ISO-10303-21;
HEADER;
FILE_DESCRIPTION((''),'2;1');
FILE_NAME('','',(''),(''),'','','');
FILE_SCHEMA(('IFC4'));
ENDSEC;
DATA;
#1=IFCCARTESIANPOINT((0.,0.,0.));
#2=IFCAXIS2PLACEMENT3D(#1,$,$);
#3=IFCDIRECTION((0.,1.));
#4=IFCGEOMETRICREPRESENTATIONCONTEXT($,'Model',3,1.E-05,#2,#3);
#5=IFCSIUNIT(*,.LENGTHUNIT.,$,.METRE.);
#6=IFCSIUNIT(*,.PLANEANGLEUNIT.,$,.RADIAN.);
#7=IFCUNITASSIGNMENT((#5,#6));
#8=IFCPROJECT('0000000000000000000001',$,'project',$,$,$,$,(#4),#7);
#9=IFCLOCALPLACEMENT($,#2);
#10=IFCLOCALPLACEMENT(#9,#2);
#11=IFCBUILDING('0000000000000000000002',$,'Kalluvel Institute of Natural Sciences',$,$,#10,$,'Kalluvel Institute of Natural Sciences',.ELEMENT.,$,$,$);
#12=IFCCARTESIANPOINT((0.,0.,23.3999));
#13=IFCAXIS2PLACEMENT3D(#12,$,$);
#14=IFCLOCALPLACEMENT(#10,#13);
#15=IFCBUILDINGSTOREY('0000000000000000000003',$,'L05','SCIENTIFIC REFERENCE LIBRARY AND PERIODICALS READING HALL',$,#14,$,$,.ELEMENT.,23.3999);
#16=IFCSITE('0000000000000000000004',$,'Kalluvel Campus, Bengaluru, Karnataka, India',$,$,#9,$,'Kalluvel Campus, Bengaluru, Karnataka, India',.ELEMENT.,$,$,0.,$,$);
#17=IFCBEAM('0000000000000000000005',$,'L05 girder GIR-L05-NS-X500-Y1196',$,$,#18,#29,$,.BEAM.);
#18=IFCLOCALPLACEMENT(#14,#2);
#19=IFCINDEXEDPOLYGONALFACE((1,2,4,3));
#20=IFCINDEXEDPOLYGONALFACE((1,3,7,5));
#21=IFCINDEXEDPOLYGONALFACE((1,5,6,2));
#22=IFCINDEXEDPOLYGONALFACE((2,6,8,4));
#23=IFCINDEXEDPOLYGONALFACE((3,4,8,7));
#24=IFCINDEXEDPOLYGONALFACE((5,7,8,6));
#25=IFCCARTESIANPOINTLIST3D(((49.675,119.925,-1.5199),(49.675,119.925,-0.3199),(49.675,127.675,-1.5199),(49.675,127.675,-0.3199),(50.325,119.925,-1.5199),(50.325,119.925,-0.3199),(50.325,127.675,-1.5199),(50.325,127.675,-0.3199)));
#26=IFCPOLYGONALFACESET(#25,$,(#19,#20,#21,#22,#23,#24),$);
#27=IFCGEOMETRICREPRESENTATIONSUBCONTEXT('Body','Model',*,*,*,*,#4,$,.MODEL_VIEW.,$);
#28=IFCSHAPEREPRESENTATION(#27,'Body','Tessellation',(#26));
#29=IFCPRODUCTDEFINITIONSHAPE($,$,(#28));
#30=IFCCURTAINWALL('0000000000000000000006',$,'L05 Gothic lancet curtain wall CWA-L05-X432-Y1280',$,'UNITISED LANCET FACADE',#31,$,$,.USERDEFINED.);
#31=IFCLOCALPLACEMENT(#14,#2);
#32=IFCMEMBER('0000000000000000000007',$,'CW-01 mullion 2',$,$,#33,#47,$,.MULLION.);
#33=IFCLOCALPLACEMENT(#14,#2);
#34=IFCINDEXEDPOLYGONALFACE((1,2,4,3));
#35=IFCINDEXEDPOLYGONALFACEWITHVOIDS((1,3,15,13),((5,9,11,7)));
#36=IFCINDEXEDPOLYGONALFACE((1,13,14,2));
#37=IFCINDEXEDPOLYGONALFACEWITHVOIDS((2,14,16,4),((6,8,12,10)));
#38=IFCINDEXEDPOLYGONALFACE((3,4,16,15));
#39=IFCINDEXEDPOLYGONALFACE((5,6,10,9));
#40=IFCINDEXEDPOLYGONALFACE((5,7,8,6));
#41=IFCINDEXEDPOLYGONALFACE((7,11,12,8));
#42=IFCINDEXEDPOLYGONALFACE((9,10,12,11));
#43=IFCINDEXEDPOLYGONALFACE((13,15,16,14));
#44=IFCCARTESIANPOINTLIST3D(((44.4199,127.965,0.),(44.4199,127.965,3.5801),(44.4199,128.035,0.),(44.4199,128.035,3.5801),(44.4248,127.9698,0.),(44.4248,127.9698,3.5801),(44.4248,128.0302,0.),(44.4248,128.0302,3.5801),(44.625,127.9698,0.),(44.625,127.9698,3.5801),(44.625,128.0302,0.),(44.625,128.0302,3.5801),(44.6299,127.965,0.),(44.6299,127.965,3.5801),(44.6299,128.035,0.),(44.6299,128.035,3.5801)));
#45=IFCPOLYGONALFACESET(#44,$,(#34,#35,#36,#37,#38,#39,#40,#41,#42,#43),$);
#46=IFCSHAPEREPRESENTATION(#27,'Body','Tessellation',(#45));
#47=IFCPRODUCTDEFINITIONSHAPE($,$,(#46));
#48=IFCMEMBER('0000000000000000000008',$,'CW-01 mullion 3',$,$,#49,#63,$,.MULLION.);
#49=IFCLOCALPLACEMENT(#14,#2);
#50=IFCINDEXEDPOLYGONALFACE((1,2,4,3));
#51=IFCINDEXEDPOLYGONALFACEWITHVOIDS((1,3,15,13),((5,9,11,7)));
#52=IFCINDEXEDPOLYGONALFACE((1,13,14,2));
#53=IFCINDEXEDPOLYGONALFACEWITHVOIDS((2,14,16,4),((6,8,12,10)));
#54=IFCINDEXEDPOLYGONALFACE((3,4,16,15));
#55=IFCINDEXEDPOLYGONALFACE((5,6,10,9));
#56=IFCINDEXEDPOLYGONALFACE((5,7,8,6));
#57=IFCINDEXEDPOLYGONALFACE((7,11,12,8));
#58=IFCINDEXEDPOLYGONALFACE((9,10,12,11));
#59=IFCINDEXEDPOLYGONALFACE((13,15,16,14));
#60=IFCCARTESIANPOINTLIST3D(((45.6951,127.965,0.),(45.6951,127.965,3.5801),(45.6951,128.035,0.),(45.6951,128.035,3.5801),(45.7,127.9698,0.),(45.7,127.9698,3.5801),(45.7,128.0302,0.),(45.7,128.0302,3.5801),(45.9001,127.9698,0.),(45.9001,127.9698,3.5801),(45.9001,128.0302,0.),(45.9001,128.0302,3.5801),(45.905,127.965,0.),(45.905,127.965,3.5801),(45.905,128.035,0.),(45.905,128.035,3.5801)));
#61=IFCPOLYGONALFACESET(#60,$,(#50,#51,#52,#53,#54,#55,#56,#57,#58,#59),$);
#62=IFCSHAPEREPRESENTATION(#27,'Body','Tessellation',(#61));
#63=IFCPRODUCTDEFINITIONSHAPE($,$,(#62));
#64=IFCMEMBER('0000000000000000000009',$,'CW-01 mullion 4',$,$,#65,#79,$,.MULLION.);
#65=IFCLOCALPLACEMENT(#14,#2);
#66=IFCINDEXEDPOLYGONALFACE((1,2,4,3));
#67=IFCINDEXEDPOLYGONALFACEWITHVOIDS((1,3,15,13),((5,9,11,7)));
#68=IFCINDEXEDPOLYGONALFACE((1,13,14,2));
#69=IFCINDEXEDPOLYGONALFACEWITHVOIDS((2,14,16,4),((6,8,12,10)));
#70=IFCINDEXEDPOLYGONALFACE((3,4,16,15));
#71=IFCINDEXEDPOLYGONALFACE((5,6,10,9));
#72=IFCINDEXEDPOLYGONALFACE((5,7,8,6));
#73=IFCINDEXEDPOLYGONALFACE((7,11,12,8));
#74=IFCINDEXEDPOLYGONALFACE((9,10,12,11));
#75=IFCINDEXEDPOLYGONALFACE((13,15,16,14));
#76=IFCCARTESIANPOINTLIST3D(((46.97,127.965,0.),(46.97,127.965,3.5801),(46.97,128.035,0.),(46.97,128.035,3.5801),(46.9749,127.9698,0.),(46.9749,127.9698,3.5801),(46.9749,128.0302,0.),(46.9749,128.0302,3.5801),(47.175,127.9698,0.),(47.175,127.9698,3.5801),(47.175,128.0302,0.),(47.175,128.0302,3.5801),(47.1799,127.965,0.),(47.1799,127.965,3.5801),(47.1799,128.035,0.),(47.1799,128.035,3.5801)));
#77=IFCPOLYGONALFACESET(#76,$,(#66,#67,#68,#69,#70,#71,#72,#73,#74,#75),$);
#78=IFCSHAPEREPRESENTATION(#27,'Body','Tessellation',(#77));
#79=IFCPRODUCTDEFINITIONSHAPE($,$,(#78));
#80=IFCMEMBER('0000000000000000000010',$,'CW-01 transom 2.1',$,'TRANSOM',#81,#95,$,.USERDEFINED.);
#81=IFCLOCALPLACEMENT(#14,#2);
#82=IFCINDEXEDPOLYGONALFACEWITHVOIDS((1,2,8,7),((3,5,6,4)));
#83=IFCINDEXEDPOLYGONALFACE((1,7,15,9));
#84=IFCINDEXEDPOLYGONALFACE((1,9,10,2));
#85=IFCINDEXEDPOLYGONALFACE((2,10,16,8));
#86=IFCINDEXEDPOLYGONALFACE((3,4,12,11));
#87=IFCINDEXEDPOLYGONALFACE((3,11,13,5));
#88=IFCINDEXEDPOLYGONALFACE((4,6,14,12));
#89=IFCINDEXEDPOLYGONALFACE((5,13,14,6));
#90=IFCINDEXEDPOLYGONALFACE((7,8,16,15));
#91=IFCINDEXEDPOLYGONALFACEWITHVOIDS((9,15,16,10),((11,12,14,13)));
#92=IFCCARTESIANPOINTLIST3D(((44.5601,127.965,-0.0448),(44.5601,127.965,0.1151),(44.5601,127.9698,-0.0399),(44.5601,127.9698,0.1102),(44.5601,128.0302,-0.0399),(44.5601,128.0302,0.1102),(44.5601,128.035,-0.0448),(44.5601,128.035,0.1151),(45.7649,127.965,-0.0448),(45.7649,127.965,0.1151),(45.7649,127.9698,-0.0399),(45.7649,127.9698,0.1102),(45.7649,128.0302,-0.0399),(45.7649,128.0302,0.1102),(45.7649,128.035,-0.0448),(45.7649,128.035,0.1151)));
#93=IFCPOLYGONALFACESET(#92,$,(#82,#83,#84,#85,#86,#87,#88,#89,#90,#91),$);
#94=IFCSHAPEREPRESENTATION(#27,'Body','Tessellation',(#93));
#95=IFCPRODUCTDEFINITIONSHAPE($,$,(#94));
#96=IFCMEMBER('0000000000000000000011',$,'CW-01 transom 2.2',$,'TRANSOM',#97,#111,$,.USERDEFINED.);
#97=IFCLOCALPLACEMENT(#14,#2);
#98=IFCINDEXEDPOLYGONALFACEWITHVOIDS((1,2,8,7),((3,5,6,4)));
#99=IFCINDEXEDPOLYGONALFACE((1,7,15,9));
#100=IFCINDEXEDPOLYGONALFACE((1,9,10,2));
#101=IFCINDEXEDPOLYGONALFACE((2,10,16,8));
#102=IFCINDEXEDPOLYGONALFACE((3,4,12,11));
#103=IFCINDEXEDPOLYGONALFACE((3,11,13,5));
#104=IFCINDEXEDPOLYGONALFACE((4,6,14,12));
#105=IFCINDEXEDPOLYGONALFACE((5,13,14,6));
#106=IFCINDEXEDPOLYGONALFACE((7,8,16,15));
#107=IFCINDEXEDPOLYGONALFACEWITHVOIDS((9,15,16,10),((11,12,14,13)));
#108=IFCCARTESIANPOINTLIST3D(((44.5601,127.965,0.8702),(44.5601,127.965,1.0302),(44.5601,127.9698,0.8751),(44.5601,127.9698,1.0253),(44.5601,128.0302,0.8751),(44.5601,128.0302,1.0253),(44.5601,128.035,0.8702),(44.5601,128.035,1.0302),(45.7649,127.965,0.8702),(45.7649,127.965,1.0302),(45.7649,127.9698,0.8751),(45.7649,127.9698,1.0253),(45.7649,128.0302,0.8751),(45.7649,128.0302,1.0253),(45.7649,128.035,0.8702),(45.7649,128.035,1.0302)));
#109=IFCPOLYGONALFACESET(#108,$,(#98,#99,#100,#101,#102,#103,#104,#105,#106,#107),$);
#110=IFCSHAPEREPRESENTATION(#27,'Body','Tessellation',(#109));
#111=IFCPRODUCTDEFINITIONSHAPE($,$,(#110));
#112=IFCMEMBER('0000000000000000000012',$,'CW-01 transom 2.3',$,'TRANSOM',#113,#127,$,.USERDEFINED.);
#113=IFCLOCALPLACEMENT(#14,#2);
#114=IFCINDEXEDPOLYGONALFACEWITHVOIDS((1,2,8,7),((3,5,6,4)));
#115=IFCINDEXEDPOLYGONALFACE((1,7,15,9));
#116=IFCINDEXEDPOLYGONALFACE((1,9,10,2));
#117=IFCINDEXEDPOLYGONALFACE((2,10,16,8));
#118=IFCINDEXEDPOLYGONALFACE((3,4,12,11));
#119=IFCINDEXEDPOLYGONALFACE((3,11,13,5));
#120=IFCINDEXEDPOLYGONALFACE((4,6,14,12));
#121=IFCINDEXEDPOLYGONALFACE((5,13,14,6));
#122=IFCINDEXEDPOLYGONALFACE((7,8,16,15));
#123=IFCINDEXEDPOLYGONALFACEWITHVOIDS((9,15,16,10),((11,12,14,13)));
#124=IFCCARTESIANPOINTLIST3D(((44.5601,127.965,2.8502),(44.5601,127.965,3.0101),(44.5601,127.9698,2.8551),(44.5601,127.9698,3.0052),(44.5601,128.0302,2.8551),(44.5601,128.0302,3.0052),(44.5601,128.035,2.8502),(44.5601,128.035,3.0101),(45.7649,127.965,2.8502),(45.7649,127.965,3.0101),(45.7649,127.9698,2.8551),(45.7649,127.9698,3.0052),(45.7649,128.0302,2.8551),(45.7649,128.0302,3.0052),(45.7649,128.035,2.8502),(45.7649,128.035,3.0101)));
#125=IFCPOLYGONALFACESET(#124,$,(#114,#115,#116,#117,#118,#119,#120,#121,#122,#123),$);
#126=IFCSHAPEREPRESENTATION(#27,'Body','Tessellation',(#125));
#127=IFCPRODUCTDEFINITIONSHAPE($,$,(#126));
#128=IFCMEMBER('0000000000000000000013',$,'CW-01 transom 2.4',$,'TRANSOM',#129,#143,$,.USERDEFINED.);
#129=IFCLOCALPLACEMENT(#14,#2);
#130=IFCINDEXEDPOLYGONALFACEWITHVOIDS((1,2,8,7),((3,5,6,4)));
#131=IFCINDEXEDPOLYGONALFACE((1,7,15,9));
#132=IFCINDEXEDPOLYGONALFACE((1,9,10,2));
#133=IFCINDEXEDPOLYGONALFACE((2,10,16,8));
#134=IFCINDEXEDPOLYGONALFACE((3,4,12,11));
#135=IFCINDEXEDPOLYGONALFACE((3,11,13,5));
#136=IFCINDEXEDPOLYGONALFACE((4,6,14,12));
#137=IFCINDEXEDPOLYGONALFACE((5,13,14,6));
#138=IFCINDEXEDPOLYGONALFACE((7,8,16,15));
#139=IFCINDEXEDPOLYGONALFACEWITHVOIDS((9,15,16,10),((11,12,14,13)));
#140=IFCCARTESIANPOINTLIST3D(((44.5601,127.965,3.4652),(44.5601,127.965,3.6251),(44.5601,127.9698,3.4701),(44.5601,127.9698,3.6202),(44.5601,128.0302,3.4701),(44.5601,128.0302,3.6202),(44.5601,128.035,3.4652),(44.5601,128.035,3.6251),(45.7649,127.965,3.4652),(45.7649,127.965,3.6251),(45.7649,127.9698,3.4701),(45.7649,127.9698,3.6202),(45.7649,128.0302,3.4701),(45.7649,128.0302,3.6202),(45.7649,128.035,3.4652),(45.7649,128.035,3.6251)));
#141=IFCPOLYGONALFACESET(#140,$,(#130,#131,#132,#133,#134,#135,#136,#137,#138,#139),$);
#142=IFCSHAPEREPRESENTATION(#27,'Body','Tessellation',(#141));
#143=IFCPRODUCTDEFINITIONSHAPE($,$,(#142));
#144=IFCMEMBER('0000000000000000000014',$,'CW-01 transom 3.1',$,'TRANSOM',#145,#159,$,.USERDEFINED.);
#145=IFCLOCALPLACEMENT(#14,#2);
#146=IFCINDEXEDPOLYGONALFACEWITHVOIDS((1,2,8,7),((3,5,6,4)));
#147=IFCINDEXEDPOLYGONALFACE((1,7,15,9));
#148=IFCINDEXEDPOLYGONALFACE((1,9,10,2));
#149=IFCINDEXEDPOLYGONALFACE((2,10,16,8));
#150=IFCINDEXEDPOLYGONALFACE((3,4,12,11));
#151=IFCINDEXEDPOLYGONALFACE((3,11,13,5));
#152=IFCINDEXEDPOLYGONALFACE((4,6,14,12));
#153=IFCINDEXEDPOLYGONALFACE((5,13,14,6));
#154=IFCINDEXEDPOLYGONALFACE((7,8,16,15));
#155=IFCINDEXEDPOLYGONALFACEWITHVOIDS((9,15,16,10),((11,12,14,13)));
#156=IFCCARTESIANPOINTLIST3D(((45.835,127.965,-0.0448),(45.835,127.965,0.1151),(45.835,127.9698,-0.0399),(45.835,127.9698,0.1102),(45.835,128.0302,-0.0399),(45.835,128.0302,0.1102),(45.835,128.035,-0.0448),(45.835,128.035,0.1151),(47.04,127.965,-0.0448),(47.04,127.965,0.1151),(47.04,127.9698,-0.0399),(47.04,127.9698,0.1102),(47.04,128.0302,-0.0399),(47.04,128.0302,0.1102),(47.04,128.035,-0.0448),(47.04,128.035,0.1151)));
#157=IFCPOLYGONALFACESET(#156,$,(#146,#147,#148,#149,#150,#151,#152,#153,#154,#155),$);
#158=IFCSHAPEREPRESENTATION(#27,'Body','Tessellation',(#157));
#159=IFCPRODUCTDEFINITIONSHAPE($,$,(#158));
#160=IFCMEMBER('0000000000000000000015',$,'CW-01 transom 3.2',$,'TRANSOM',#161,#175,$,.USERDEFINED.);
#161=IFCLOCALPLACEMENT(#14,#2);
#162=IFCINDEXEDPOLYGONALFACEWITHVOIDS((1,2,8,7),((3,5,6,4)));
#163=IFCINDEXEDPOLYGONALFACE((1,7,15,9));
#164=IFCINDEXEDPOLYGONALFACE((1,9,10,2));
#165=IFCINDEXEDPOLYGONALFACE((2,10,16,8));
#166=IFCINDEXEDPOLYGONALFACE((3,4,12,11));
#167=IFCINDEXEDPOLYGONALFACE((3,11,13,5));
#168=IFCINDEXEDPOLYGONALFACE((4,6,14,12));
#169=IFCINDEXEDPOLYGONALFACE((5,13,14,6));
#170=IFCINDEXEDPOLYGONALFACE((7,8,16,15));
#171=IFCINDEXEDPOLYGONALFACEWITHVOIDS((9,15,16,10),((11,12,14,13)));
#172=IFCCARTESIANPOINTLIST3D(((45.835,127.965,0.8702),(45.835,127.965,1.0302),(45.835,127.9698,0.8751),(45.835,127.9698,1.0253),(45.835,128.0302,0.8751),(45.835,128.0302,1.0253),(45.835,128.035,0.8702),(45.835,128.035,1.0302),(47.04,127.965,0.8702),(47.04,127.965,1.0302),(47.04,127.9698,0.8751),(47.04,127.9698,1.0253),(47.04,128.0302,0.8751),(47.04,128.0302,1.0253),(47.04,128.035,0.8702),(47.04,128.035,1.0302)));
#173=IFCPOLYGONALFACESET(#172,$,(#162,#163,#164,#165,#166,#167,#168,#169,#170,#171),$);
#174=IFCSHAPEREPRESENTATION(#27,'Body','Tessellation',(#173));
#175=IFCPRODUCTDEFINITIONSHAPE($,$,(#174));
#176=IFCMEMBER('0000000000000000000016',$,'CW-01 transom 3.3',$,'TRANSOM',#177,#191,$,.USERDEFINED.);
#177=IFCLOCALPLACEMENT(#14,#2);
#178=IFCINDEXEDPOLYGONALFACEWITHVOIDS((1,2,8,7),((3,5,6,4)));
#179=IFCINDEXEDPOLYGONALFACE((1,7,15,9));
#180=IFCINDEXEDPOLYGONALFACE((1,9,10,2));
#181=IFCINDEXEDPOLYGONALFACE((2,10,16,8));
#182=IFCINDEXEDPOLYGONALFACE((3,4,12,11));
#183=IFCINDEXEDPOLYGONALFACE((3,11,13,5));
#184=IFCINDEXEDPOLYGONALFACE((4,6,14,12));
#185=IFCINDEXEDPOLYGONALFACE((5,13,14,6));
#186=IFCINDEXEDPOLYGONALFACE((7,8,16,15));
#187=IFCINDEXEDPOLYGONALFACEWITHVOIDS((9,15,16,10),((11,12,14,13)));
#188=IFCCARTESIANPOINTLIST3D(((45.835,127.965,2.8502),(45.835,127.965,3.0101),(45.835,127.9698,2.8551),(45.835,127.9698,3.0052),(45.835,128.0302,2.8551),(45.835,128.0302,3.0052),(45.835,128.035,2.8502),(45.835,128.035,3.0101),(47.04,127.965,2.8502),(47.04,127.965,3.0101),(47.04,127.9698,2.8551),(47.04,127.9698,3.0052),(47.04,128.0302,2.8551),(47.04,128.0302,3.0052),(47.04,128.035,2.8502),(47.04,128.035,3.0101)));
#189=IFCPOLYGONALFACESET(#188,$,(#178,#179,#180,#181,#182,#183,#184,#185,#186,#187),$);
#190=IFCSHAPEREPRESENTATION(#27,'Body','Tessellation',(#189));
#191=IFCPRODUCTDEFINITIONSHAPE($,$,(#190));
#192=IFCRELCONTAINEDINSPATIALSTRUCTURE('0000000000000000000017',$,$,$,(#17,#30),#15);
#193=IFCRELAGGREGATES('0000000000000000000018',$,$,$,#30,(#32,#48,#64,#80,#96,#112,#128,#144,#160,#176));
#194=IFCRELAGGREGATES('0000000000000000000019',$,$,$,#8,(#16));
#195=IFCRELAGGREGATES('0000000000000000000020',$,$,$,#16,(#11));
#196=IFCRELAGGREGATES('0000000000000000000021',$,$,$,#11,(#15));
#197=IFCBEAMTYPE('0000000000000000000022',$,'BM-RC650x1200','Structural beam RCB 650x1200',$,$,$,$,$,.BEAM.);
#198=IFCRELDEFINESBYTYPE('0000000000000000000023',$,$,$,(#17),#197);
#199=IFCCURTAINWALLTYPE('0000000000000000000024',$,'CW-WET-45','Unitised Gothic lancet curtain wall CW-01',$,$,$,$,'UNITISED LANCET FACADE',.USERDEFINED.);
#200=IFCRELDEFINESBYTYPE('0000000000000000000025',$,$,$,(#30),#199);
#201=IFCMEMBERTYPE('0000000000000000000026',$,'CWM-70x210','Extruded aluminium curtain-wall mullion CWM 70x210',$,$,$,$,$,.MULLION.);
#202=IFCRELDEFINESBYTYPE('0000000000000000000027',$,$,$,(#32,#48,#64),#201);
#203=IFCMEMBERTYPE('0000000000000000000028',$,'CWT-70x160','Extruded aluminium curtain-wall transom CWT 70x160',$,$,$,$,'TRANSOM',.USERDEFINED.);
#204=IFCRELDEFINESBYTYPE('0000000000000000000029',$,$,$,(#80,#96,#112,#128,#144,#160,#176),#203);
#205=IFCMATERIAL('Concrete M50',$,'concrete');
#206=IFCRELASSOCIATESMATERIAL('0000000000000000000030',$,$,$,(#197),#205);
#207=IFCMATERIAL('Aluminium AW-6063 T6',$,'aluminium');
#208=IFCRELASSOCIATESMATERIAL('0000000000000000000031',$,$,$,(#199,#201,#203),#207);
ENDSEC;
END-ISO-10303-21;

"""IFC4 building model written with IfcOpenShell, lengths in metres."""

from ifc_helpers import new_model, si_unit, direction, frame, origin, origin_2d, place, context, subcontext, project, spatial, rectangle, hollow_rectangle, extrude, material, material_profile, profile_set, type_object, element, aggregate, save


model = new_model("IFC4")

# Units and contexts
model_context = context("Model", 3, precision=1e-05, world=origin(), true_north=direction((0.0, 1.0)))
body_context = subcontext(model_context, "Body", "Model", "MODEL_VIEW")
ifc_project = project(units=[si_unit("LENGTHUNIT", "METRE"), si_unit("PLANEANGLEUNIT", "RADIAN")], contexts=[model_context])

# Site, building, storey
site_placement = place(None, origin())
site = spatial("IfcSite", under=ifc_project, at=site_placement, Name="Kalluvel Campus, Bengaluru, Karnataka, India", LongName="Kalluvel Campus, Bengaluru, Karnataka, India", CompositionType="ELEMENT", RefElevation=0.0)
building_placement = place(site_placement, origin())
building = spatial("IfcBuilding", under=site, at=building_placement, Name="Kalluvel Institute of Natural Sciences", LongName="Kalluvel Institute of Natural Sciences", CompositionType="ELEMENT")
storey_placement = place(building_placement, frame((0.0, 0.0, 23.3999)))
storey = spatial("IfcBuildingStorey", under=building, at=storey_placement, Name="L05", Description="SCIENTIFIC REFERENCE LIBRARY AND PERIODICALS READING HALL", CompositionType="ELEMENT", Elevation=23.3999)

# Beam
ifc_material_1 = material(Name="Concrete M50", Category="concrete")
ifc_material_profile_1 = material_profile(ifc_material_1, rectangle(XDim=0.6499, YDim=1.2, at=origin_2d()), Name="RCB 650x1200")
ifc_profile_set_1 = profile_set([ifc_material_profile_1], Name="Concrete M50")
beam_type = type_object("IfcBeamType", Name="BM-RC650x1200", Description="Structural beam RCB 650x1200", PredefinedType="BEAM", material=ifc_profile_set_1)
beam_placement = place(storey_placement, frame((50.0, 119.925, -0.9199), z_axis=(0.0, 1.0, 0.0), x_axis=(-1.0, 0.0, 0.0)))
element("IfcBeam", 1, at=beam_placement, inside=storey, type_object=beam_type, Name="L05 girder GIR-L05-NS-X500-Y1196", PredefinedType="BEAM", context=body_context, shape_type="SweptSolid", body=[
    extrude(rectangle(XDim=0.6499, YDim=1.2, at=origin_2d()), origin(), (0.0, 0.0, 1.0), 7.75),
])

# Curtain wall, members
ifc_material_2 = material(Name="Aluminium AW-6063 T6", Category="aluminium")
curtain_wall_type = type_object("IfcCurtainWallType", Name="CW-WET-45", Description="Unitised Gothic lancet curtain wall CW-01", ElementType="UNITISED LANCET FACADE", PredefinedType="USERDEFINED", material=ifc_material_2)
curtain_wall_placement = place(storey_placement, origin())
curtain_wall = element("IfcCurtainWall", 2, at=curtain_wall_placement, inside=storey, type_object=curtain_wall_type, Name="L05 Gothic lancet curtain wall CWA-L05-X432-Y1280", ObjectType="UNITISED LANCET FACADE", PredefinedType="USERDEFINED")
ifc_material_profile_2 = material_profile(ifc_material_2, hollow_rectangle(XDim=0.0701, YDim=0.21, WallThickness=0.0049, at=origin_2d()), Name="CWM 70x210")
ifc_profile_set_2 = profile_set([ifc_material_profile_2], Name="Aluminium AW-6063 T6")
member_type_1 = type_object("IfcMemberType", Name="CWM-70x210", Description="Extruded aluminium curtain-wall mullion CWM 70x210", PredefinedType="MULLION", material=ifc_profile_set_2)
member_1_placement = place(storey_placement, frame((44.5249, 128.0, 0.0), z_axis=(0.0, 0.0, 1.0), x_axis=(0.0, 1.0, 0.0)))
member_1 = element("IfcMember", 3, at=member_1_placement, type_object=member_type_1, Name="CW-01 mullion 2", PredefinedType="MULLION", context=body_context, shape_type="SweptSolid", body=[
    extrude(hollow_rectangle(XDim=0.0701, YDim=0.21, WallThickness=0.0049, at=origin_2d()), origin(), (0.0, 0.0, 1.0), 3.5801),
])
member_2_placement = place(storey_placement, frame((45.8, 128.0, 0.0), z_axis=(0.0, 0.0, 1.0), x_axis=(0.0, 1.0, 0.0)))
member_2 = element("IfcMember", 4, at=member_2_placement, type_object=member_type_1, Name="CW-01 mullion 3", PredefinedType="MULLION", context=body_context, shape_type="SweptSolid", body=[
    extrude(hollow_rectangle(XDim=0.0701, YDim=0.21, WallThickness=0.0049, at=origin_2d()), origin(), (0.0, 0.0, 1.0), 3.5801),
])
member_3_placement = place(storey_placement, frame((47.075, 128.0, 0.0), z_axis=(0.0, 0.0, 1.0), x_axis=(0.0, 1.0, 0.0)))
member_3 = element("IfcMember", 5, at=member_3_placement, type_object=member_type_1, Name="CW-01 mullion 4", PredefinedType="MULLION", context=body_context, shape_type="SweptSolid", body=[
    extrude(hollow_rectangle(XDim=0.0701, YDim=0.21, WallThickness=0.0049, at=origin_2d()), origin(), (0.0, 0.0, 1.0), 3.5801),
])
ifc_material_profile_3 = material_profile(ifc_material_2, hollow_rectangle(XDim=0.0701, YDim=0.1599, WallThickness=0.0049, at=origin_2d()), Name="CWT 70x160")
ifc_profile_set_3 = profile_set([ifc_material_profile_3], Name="Aluminium AW-6063 T6")
member_type_2 = type_object("IfcMemberType", Name="CWT-70x160", Description="Extruded aluminium curtain-wall transom CWT 70x160", ElementType="TRANSOM", PredefinedType="USERDEFINED", material=ifc_profile_set_3)
member_4_placement = place(storey_placement, frame((44.5601, 128.0, 0.0352), z_axis=(1.0, 0.0, 0.0), x_axis=(0.0, 1.0, 0.0)))
member_4 = element("IfcMember", 6, at=member_4_placement, type_object=member_type_2, Name="CW-01 transom 2.1", ObjectType="TRANSOM", PredefinedType="USERDEFINED", context=body_context, shape_type="SweptSolid", body=[
    extrude(hollow_rectangle(XDim=0.0701, YDim=0.1599, WallThickness=0.0049, at=origin_2d()), origin(), (0.0, 0.0, 1.0), 1.2048),
])
member_5_placement = place(storey_placement, frame((44.5601, 128.0, 0.9502), z_axis=(1.0, 0.0, 0.0), x_axis=(0.0, 1.0, 0.0)))
member_5 = element("IfcMember", 7, at=member_5_placement, type_object=member_type_2, Name="CW-01 transom 2.2", ObjectType="TRANSOM", PredefinedType="USERDEFINED", context=body_context, shape_type="SweptSolid", body=[
    extrude(hollow_rectangle(XDim=0.0701, YDim=0.1599, WallThickness=0.0049, at=origin_2d()), origin(), (0.0, 0.0, 1.0), 1.2048),
])
member_6_placement = place(storey_placement, frame((44.5601, 128.0, 2.9302), z_axis=(1.0, 0.0, 0.0), x_axis=(0.0, 1.0, 0.0)))
member_6 = element("IfcMember", 8, at=member_6_placement, type_object=member_type_2, Name="CW-01 transom 2.3", ObjectType="TRANSOM", PredefinedType="USERDEFINED", context=body_context, shape_type="SweptSolid", body=[
    extrude(hollow_rectangle(XDim=0.0701, YDim=0.1599, WallThickness=0.0049, at=origin_2d()), origin(), (0.0, 0.0, 1.0), 1.2048),
])
member_7_placement = place(storey_placement, frame((44.5601, 128.0, 3.5452), z_axis=(1.0, 0.0, 0.0), x_axis=(0.0, 1.0, 0.0)))
member_7 = element("IfcMember", 9, at=member_7_placement, type_object=member_type_2, Name="CW-01 transom 2.4", ObjectType="TRANSOM", PredefinedType="USERDEFINED", context=body_context, shape_type="SweptSolid", body=[
    extrude(hollow_rectangle(XDim=0.0701, YDim=0.1599, WallThickness=0.0049, at=origin_2d()), origin(), (0.0, 0.0, 1.0), 1.2048),
])
member_8_placement = place(storey_placement, frame((45.835, 128.0, 0.0352), z_axis=(1.0, 0.0, 0.0), x_axis=(0.0, 1.0, 0.0)))
member_8 = element("IfcMember", 10, at=member_8_placement, type_object=member_type_2, Name="CW-01 transom 3.1", ObjectType="TRANSOM", PredefinedType="USERDEFINED", context=body_context, shape_type="SweptSolid", body=[
    extrude(hollow_rectangle(XDim=0.0701, YDim=0.1599, WallThickness=0.0049, at=origin_2d()), origin(), (0.0, 0.0, 1.0), 1.2051),
])
member_9_placement = place(storey_placement, frame((45.835, 128.0, 0.9502), z_axis=(1.0, 0.0, 0.0), x_axis=(0.0, 1.0, 0.0)))
member_9 = element("IfcMember", 11, at=member_9_placement, type_object=member_type_2, Name="CW-01 transom 3.2", ObjectType="TRANSOM", PredefinedType="USERDEFINED", context=body_context, shape_type="SweptSolid", body=[
    extrude(hollow_rectangle(XDim=0.0701, YDim=0.1599, WallThickness=0.0049, at=origin_2d()), origin(), (0.0, 0.0, 1.0), 1.2051),
])
member_10_placement = place(storey_placement, frame((45.835, 128.0, 2.9302), z_axis=(1.0, 0.0, 0.0), x_axis=(0.0, 1.0, 0.0)))
member_10 = element("IfcMember", 12, at=member_10_placement, type_object=member_type_2, Name="CW-01 transom 3.3", ObjectType="TRANSOM", PredefinedType="USERDEFINED", context=body_context, shape_type="SweptSolid", body=[
    extrude(hollow_rectangle(XDim=0.0701, YDim=0.1599, WallThickness=0.0049, at=origin_2d()), origin(), (0.0, 0.0, 1.0), 1.2051),
])
aggregate(curtain_wall, [member_1, member_2, member_3, member_4, member_5, member_6, member_7, member_8, member_9, member_10])

save(model, "model.ifc")
